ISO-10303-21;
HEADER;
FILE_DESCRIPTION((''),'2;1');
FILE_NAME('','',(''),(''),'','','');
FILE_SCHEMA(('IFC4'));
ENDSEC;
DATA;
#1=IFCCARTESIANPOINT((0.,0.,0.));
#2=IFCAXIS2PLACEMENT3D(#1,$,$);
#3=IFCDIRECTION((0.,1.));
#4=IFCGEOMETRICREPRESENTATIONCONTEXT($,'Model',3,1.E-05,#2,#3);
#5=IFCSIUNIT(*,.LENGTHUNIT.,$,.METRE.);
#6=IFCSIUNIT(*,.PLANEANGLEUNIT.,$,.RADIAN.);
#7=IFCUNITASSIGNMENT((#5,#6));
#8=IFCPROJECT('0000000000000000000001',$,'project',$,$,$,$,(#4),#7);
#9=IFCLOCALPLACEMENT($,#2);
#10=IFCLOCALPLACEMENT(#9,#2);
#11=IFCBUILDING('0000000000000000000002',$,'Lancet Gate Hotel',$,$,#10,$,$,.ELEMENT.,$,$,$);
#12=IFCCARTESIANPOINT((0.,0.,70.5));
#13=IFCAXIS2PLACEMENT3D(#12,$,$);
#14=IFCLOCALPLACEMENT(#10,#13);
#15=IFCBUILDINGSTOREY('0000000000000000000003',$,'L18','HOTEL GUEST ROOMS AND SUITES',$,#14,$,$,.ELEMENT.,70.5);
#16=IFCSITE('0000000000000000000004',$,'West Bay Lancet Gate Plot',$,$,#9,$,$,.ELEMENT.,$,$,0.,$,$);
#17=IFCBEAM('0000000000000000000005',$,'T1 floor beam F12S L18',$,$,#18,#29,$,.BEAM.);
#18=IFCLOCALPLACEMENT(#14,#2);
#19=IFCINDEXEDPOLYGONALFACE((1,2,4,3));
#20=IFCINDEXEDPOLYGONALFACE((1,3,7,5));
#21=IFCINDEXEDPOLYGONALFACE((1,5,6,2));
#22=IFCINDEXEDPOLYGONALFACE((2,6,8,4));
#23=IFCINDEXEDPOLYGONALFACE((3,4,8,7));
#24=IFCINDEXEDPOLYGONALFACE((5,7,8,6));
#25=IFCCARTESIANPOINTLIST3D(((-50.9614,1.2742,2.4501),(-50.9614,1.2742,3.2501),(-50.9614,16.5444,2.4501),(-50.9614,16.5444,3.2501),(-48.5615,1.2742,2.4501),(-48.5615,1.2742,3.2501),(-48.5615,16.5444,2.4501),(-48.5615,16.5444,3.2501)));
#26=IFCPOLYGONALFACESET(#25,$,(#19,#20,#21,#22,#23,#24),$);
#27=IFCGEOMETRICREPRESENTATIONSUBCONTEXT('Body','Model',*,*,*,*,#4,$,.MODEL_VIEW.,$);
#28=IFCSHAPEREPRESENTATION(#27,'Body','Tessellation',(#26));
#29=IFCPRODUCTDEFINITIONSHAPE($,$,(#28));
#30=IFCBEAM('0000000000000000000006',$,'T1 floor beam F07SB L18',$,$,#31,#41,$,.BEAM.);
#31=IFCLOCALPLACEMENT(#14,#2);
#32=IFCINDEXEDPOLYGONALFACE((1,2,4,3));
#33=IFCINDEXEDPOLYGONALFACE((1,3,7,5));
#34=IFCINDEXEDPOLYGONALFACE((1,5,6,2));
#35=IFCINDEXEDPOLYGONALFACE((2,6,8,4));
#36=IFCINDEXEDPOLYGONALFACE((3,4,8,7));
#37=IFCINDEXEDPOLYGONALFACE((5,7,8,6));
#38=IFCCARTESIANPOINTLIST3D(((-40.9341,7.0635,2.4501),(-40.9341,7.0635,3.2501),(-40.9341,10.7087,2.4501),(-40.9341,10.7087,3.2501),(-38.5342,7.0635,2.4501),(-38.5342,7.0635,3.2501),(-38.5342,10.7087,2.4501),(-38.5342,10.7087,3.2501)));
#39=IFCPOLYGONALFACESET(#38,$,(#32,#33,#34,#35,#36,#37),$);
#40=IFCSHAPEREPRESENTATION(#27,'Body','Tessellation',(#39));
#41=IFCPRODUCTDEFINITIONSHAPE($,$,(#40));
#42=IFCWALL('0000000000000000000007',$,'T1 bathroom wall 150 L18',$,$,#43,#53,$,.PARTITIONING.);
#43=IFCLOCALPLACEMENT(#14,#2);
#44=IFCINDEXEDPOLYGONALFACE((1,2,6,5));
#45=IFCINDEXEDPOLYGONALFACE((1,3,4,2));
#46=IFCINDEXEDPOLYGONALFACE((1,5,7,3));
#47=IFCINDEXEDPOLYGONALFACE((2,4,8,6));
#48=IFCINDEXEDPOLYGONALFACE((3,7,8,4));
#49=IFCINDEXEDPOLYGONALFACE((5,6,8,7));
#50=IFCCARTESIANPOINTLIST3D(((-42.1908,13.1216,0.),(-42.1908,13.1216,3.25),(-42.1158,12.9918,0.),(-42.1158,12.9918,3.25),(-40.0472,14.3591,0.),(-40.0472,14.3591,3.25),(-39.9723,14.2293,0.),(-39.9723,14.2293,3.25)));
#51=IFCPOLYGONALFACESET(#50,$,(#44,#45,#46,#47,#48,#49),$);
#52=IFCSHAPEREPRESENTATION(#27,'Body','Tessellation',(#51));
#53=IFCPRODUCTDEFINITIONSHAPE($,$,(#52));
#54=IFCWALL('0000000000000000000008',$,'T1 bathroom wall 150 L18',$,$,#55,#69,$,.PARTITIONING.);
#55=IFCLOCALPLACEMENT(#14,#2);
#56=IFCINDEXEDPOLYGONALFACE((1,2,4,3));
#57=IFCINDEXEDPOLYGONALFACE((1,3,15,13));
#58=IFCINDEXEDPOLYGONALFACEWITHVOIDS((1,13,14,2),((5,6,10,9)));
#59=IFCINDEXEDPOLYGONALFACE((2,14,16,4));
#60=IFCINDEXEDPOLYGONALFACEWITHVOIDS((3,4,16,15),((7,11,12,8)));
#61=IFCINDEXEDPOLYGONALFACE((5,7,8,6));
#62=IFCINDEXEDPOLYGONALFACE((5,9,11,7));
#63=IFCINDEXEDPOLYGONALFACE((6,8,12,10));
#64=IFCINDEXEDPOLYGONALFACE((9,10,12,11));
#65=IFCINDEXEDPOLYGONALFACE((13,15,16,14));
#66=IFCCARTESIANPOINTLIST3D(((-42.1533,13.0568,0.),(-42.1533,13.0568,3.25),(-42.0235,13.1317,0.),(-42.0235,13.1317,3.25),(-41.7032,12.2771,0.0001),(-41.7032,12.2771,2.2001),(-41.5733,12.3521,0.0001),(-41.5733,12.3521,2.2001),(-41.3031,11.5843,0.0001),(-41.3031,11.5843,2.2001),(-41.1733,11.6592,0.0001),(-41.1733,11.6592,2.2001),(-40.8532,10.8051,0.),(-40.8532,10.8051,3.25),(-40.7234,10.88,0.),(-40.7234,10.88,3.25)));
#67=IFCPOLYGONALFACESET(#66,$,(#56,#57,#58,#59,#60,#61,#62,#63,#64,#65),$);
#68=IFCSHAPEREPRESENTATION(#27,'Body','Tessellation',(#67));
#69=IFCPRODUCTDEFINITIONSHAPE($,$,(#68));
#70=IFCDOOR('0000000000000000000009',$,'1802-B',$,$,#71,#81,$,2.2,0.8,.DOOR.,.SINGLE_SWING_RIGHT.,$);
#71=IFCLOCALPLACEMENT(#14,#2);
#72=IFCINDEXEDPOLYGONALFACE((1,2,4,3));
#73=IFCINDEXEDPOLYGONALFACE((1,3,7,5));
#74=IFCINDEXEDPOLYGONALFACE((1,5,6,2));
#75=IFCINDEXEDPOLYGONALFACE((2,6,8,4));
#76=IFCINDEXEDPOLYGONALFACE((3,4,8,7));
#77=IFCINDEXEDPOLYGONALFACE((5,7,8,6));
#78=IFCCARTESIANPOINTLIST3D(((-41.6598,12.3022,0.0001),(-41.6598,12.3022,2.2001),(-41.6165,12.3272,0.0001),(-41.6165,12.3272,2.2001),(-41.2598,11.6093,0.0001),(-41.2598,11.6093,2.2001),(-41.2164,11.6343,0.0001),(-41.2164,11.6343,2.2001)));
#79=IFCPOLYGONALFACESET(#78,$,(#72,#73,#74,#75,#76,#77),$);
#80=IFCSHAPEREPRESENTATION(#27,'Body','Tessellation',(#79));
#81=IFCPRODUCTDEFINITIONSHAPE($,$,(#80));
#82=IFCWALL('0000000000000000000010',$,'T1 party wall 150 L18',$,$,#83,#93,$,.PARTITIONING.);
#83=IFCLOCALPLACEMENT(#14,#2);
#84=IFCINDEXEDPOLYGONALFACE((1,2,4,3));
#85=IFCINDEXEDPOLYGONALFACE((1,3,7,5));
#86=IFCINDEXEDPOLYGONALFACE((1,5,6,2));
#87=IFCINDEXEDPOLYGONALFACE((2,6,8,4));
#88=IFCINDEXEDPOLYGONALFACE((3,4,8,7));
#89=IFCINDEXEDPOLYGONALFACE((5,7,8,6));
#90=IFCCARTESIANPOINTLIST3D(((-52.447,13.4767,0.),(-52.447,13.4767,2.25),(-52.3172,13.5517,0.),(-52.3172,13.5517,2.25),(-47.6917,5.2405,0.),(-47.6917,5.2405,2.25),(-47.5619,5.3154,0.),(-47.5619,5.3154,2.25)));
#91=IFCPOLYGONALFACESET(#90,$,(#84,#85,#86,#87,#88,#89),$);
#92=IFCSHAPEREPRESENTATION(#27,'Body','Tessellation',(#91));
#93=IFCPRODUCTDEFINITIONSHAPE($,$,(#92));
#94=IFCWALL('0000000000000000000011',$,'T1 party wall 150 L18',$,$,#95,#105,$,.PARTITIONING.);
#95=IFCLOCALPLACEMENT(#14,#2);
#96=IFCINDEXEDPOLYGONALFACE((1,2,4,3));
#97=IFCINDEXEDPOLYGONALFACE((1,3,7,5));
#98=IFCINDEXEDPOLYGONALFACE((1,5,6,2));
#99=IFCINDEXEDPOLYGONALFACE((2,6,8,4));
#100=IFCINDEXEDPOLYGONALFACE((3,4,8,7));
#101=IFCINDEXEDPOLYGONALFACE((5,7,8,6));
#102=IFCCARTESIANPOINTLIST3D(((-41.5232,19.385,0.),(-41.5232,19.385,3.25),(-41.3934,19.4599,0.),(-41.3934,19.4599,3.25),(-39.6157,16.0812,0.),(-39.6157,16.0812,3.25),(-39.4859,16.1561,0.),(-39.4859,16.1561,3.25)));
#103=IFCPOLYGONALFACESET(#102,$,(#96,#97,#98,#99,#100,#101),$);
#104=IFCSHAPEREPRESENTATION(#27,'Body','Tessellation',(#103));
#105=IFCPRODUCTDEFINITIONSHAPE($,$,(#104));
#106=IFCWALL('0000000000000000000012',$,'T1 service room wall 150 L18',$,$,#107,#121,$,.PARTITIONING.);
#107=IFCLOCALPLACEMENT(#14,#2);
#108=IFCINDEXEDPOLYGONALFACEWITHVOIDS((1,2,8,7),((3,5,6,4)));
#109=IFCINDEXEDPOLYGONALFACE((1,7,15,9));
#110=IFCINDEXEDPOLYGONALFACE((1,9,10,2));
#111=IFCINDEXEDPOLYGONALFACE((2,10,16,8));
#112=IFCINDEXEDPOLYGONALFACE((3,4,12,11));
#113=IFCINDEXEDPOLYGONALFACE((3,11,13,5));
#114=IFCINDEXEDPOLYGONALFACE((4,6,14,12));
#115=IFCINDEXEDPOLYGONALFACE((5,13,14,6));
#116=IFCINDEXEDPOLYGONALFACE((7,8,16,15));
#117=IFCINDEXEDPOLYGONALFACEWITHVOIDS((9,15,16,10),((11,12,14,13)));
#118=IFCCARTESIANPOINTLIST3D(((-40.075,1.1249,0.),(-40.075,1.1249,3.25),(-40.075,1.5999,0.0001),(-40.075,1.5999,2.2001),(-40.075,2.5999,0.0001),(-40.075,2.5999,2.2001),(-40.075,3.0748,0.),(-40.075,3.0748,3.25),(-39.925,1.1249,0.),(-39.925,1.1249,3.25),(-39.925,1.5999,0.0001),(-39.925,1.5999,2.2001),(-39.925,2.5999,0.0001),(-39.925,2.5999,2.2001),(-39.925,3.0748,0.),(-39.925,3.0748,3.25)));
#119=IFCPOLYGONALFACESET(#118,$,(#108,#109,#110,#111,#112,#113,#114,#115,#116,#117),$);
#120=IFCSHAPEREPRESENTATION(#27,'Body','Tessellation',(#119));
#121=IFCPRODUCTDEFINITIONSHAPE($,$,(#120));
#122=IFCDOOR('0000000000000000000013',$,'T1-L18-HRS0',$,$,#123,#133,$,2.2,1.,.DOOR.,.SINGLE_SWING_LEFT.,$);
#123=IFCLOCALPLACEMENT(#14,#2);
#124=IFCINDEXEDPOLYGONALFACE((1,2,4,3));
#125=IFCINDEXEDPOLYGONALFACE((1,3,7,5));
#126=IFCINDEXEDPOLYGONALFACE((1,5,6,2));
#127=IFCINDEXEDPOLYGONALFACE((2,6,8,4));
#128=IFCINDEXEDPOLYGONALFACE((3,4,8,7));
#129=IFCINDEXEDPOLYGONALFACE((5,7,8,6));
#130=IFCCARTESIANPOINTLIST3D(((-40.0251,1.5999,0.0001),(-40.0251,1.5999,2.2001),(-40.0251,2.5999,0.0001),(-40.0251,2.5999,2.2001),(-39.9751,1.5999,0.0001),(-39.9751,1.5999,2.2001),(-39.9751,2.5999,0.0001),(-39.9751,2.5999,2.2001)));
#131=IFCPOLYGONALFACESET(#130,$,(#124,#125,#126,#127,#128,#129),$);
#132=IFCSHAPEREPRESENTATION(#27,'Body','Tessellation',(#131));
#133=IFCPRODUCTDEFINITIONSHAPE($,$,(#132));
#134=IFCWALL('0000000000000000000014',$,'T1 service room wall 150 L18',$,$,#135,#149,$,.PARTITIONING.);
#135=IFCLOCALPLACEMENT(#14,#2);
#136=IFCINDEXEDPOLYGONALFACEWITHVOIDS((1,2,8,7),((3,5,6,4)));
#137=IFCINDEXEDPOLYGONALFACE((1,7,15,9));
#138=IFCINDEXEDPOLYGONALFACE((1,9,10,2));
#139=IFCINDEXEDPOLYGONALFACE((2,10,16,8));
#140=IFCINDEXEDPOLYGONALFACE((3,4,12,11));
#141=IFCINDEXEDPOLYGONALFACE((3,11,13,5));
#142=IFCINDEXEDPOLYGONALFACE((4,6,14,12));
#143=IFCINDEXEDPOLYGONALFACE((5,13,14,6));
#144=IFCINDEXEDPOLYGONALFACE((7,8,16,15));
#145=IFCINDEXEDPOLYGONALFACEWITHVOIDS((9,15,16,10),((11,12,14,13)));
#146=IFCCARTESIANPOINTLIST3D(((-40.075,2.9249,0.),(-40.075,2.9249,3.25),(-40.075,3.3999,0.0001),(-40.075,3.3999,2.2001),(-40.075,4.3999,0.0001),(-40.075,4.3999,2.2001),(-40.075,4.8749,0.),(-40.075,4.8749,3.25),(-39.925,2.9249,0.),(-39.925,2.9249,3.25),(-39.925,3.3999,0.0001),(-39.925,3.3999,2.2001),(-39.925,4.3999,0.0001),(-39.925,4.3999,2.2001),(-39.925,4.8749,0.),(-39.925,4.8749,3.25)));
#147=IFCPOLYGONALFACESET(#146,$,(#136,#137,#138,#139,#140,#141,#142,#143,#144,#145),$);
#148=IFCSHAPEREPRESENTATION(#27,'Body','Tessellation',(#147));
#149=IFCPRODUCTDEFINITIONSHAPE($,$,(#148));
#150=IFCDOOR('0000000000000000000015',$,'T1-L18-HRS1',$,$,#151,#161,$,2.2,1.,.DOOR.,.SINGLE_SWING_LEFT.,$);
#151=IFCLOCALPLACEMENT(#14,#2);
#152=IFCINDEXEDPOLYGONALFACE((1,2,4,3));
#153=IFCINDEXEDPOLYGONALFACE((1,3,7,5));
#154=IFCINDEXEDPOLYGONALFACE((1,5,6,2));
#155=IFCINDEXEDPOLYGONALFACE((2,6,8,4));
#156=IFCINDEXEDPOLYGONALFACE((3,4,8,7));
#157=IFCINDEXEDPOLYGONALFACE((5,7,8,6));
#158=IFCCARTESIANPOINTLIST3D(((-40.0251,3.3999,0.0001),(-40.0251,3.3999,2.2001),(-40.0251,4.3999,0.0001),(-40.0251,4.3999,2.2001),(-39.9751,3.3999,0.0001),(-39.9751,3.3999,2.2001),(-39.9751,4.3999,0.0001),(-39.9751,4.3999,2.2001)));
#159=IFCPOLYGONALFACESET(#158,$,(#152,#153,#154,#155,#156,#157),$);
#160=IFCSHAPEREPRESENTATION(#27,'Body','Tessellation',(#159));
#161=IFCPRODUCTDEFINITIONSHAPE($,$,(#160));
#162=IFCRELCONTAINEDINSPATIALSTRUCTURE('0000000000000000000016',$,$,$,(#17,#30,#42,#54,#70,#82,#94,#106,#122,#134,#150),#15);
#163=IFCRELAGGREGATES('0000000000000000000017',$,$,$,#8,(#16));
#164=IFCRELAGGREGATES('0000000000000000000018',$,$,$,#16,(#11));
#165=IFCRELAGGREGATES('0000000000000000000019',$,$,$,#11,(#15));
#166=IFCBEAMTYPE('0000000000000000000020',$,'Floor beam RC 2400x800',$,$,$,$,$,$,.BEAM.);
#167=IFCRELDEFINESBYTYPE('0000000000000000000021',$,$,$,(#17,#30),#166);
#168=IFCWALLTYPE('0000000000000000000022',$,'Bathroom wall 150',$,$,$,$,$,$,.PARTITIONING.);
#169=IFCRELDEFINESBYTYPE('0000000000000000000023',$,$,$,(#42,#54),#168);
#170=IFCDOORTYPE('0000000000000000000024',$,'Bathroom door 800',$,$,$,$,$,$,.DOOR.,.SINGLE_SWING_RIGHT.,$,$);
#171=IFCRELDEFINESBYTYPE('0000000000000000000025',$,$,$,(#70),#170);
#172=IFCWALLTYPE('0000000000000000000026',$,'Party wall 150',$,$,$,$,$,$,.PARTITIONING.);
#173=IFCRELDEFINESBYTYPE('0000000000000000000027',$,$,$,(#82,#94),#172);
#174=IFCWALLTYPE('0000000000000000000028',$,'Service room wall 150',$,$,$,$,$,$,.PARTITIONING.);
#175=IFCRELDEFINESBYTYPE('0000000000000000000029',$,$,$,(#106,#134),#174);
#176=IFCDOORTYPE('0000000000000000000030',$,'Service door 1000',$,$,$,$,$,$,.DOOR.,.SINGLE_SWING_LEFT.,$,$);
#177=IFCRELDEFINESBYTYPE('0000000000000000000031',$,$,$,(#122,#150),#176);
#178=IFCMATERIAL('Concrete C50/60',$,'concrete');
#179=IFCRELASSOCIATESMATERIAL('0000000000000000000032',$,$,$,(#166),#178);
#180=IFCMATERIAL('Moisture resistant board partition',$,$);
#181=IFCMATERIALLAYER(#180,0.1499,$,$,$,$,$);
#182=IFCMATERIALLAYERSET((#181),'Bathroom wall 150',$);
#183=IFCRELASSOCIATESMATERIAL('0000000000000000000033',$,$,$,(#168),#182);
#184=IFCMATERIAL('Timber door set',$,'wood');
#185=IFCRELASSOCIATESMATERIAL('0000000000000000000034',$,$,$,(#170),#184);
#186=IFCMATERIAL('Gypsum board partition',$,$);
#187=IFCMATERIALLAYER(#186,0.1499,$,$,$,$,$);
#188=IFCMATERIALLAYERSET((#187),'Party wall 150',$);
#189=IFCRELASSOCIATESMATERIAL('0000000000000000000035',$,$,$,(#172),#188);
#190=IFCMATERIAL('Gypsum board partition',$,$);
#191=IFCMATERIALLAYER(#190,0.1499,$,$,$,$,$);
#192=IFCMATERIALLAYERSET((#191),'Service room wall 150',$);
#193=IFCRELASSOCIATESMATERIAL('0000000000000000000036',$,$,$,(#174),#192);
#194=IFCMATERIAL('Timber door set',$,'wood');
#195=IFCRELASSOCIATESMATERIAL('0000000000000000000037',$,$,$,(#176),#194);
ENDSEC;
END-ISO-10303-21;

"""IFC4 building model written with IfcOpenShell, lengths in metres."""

from ifc_helpers import new_model, si_unit, direction, frame, frame_2d, origin, origin_2d, place, context, subcontext, project, spatial, rectangle, extrude, material, layer, layer_set, material_profile, profile_set, type_object, element, fill, save


model = new_model("IFC4")

# Units and contexts
model_context = context("Model", 3, precision=1e-05, world=origin(), true_north=direction((0.0, 1.0)))
body_context = subcontext(model_context, "Body", "Model", "MODEL_VIEW")
ifc_project = project(units=[si_unit("LENGTHUNIT", "METRE"), si_unit("PLANEANGLEUNIT", "RADIAN")], contexts=[model_context])

# Site, building, storey
site_placement = place(None, origin())
site = spatial("IfcSite", under=ifc_project, at=site_placement, Name="West Bay Lancet Gate Plot", CompositionType="ELEMENT", RefElevation=0.0)
building_placement = place(site_placement, origin())
building = spatial("IfcBuilding", under=site, at=building_placement, Name="Lancet Gate Hotel", CompositionType="ELEMENT")
storey_placement = place(building_placement, frame((0.0, 0.0, 70.5)))
storey = spatial("IfcBuildingStorey", under=building, at=storey_placement, Name="L18", Description="HOTEL GUEST ROOMS AND SUITES", CompositionType="ELEMENT", Elevation=70.5)

# Beams
ifc_material_1 = material(Name="Concrete C50/60", Category="concrete")
ifc_material_profile_1 = material_profile(ifc_material_1, rectangle(XDim=2.3999, YDim=0.8, at=origin_2d()), Name="RC 2400x800")
ifc_profile_set_1 = profile_set([ifc_material_profile_1], Name="Concrete C50/60")
beam_type_1 = type_object("IfcBeamType", Name="Floor beam RC 2400x800", PredefinedType="BEAM", material=ifc_profile_set_1)
beam_1_placement = place(storey_placement, frame((-49.7615, 16.5444, 2.8501), z_axis=(0.0, -1.0, 0.0), x_axis=(1.0, 0.0, 0.0)))
element("IfcBeam", 1, at=beam_1_placement, inside=storey, type_object=beam_type_1, Name="T1 floor beam F12S L18", PredefinedType="BEAM", context=body_context, shape_type="SweptSolid", body=[
    extrude(rectangle(XDim=2.3999, YDim=0.8, at=origin_2d()), origin(), (0.0, 0.0, 1.0), 15.2703),
])
beam_2_placement = place(storey_placement, frame((-39.7341, 10.7087, 2.8501), z_axis=(0.0, -1.0, 0.0), x_axis=(1.0, 0.0, 0.0)))
element("IfcBeam", 2, at=beam_2_placement, inside=storey, type_object=beam_type_1, Name="T1 floor beam F07SB L18", PredefinedType="BEAM", context=body_context, shape_type="SweptSolid", body=[
    extrude(rectangle(XDim=2.3999, YDim=0.8, at=origin_2d()), origin(), (0.0, 0.0, 1.0), 3.6453),
])

# Wall
ifc_material_2 = material(Name="Moisture resistant board partition")
ifc_layer_1 = layer(ifc_material_2, 0.1499)
ifc_layer_set_1 = layer_set([ifc_layer_1], Name="Bathroom wall 150")
wall_type_1 = type_object("IfcWallType", Name="Bathroom wall 150", PredefinedType="PARTITIONING", material=ifc_layer_set_1)
wall_1_placement = place(storey_placement, frame((-40.0098, 14.2942, 0.0), z_axis=(0.0, 0.0, 1.0), x_axis=(-0.866031, -0.49999, 0.0)))
element("IfcWall", 3, at=wall_1_placement, inside=storey, type_object=wall_type_1, Name="T1 bathroom wall 150 L18", PredefinedType="PARTITIONING", context=body_context, shape_type="SweptSolid", body=[
    extrude(rectangle(XDim=2.4751, YDim=0.1499, at=frame_2d((1.2375, 0.0))), origin(), (0.0, 0.0, 1.0), 3.25),
])

# Wall, opening, door
wall_2_placement = place(storey_placement, frame((-40.7883, 10.8425, 0.0), z_axis=(0.0, 0.0, 1.0), x_axis=(-0.500007, 0.866021, 0.0)))
wall_2 = element("IfcWall", 4, at=wall_2_placement, inside=storey, type_object=wall_type_1, Name="T1 bathroom wall 150 L18", PredefinedType="PARTITIONING", context=body_context, shape_type="SweptSolid", body=[
    extrude(rectangle(XDim=2.6001, YDim=0.1499, at=frame_2d((1.3, 0.0))), origin(), (0.0, 0.0, 1.0), 3.25),
])
opening_1_placement = place(wall_2_placement, frame((0.8999, 0.0, 0.0)))
opening_1 = element("IfcOpeningElement", 5, at=opening_1_placement, cuts=wall_2, PredefinedType="OPENING", context=body_context, shape_type="SweptSolid", body=[
    extrude(rectangle(XDim=0.8, YDim=2.2, at=frame_2d((0.3999, 1.1001))), frame((0.0, 0.085, 0.0), z_axis=(0.0, -1.0, 0.0), x_axis=(1.0, 0.0, 0.0)), (0.0, 0.0, 1.0), 0.1699),
])
ifc_material_3 = material(Name="Timber door set", Category="wood")
door_type_1 = type_object("IfcDoorType", Name="Bathroom door 800", OperationType="SINGLE_SWING_RIGHT", PredefinedType="DOOR", material=ifc_material_3)
door_1_placement = place(opening_1_placement, origin())
door_1 = element("IfcDoor", 6, at=door_1_placement, inside=storey, type_object=door_type_1, Name="1802-B", OperationType="SINGLE_SWING_RIGHT", OverallHeight=2.2, OverallWidth=0.8, PredefinedType="DOOR", context=body_context, shape_type="SweptSolid", body=[
    extrude(rectangle(XDim=0.8, YDim=2.2, at=frame_2d((0.3999, 1.1001))), frame((0.0, 0.0249, 0.0), z_axis=(0.0, -1.0, 0.0), x_axis=(1.0, 0.0, 0.0)), (0.0, 0.0, 1.0), 0.05),
])
fill(opening_1, door_1)

# Walls
ifc_material_4 = material(Name="Gypsum board partition")
ifc_layer_2 = layer(ifc_material_4, 0.1499)
ifc_layer_set_2 = layer_set([ifc_layer_2], Name="Party wall 150")
wall_type_2 = type_object("IfcWallType", Name="Party wall 150", PredefinedType="PARTITIONING", material=ifc_layer_set_2)
wall_3_placement = place(storey_placement, frame((-47.6267, 5.2778, 0.0), z_axis=(0.0, 0.0, 1.0), x_axis=(-0.50001, 0.86602, 0.0)))
element("IfcWall", 7, at=wall_3_placement, inside=storey, type_object=wall_type_2, Name="T1 party wall 150 L18", PredefinedType="PARTITIONING", context=body_context, shape_type="SweptSolid", body=[
    extrude(rectangle(XDim=9.5105, YDim=0.1499, at=frame_2d((4.7554, 0.0))), origin(), (0.0, 0.0, 1.0), 2.25),
])
wall_4_placement = place(storey_placement, frame((-39.5508, 16.1187, 0.0), z_axis=(0.0, 0.0, 1.0), x_axis=(-0.500014, 0.866017, 0.0)))
element("IfcWall", 8, at=wall_4_placement, inside=storey, type_object=wall_type_2, Name="T1 party wall 150 L18", PredefinedType="PARTITIONING", context=body_context, shape_type="SweptSolid", body=[
    extrude(rectangle(XDim=3.8149, YDim=0.1499, at=frame_2d((1.9075, 0.0))), origin(), (0.0, 0.0, 1.0), 3.25),
])

# Walls, openings, doors
ifc_material_5 = material(Name="Gypsum board partition")
ifc_layer_3 = layer(ifc_material_5, 0.1499)
ifc_layer_set_3 = layer_set([ifc_layer_3], Name="Service room wall 150")
wall_type_3 = type_object("IfcWallType", Name="Service room wall 150", PredefinedType="PARTITIONING", material=ifc_layer_set_3)
wall_5_placement = place(storey_placement, frame((-40.0, 3.075, 0.0), z_axis=(0.0, 0.0, 1.0), x_axis=(0.0, -1.0, 0.0)))
wall_5 = element("IfcWall", 9, at=wall_5_placement, inside=storey, type_object=wall_type_3, Name="T1 service room wall 150 L18", PredefinedType="PARTITIONING", context=body_context, shape_type="SweptSolid", body=[
    extrude(rectangle(XDim=1.95, YDim=0.1499, at=frame_2d((0.9751, 0.0))), origin(), (0.0, 0.0, 1.0), 3.25),
])
opening_2_placement = place(wall_5_placement, frame((0.4751, 0.0, 0.0)))
opening_2 = element("IfcOpeningElement", 10, at=opening_2_placement, cuts=wall_5, PredefinedType="OPENING", context=body_context, shape_type="SweptSolid", body=[
    extrude(rectangle(XDim=1.0, YDim=2.2, at=frame_2d((0.5, 1.1001))), frame((0.0, 0.085, 0.0), z_axis=(0.0, -1.0, 0.0), x_axis=(1.0, 0.0, 0.0)), (0.0, 0.0, 1.0), 0.1699),
])
ifc_material_6 = material(Name="Timber door set", Category="wood")
door_type_2 = type_object("IfcDoorType", Name="Service door 1000", OperationType="SINGLE_SWING_LEFT", PredefinedType="DOOR", material=ifc_material_6)
door_2_placement = place(opening_2_placement, origin())
door_2 = element("IfcDoor", 11, at=door_2_placement, inside=storey, type_object=door_type_2, Name="T1-L18-HRS0", OperationType="SINGLE_SWING_LEFT", OverallHeight=2.2, OverallWidth=1.0, PredefinedType="DOOR", context=body_context, shape_type="SweptSolid", body=[
    extrude(rectangle(XDim=1.0, YDim=2.2, at=frame_2d((0.5, 1.1001))), frame((0.0, 0.0249, 0.0), z_axis=(0.0, -1.0, 0.0), x_axis=(1.0, 0.0, 0.0)), (0.0, 0.0, 1.0), 0.05),
])
fill(opening_2, door_2)
wall_6_placement = place(storey_placement, frame((-40.0, 4.875, 0.0), z_axis=(0.0, 0.0, 1.0), x_axis=(0.0, -1.0, 0.0)))
wall_6 = element("IfcWall", 12, at=wall_6_placement, inside=storey, type_object=wall_type_3, Name="T1 service room wall 150 L18", PredefinedType="PARTITIONING", context=body_context, shape_type="SweptSolid", body=[
    extrude(rectangle(XDim=1.95, YDim=0.1499, at=frame_2d((0.9751, 0.0))), origin(), (0.0, 0.0, 1.0), 3.25),
])
opening_3_placement = place(wall_6_placement, frame((0.4751, 0.0, 0.0)))
opening_3 = element("IfcOpeningElement", 13, at=opening_3_placement, cuts=wall_6, PredefinedType="OPENING", context=body_context, shape_type="SweptSolid", body=[
    extrude(rectangle(XDim=1.0, YDim=2.2, at=frame_2d((0.5, 1.1001))), frame((0.0, 0.085, 0.0), z_axis=(0.0, -1.0, 0.0), x_axis=(1.0, 0.0, 0.0)), (0.0, 0.0, 1.0), 0.1699),
])
door_3_placement = place(opening_3_placement, origin())
door_3 = element("IfcDoor", 14, at=door_3_placement, inside=storey, type_object=door_type_2, Name="T1-L18-HRS1", OperationType="SINGLE_SWING_LEFT", OverallHeight=2.2, OverallWidth=1.0, PredefinedType="DOOR", context=body_context, shape_type="SweptSolid", body=[
    extrude(rectangle(XDim=1.0, YDim=2.2, at=frame_2d((0.5, 1.1001))), frame((0.0, 0.0249, 0.0), z_axis=(0.0, -1.0, 0.0), x_axis=(1.0, 0.0, 0.0)), (0.0, 0.0, 1.0), 0.05),
])
fill(opening_3, door_3)

save(model, "model.ifc")
